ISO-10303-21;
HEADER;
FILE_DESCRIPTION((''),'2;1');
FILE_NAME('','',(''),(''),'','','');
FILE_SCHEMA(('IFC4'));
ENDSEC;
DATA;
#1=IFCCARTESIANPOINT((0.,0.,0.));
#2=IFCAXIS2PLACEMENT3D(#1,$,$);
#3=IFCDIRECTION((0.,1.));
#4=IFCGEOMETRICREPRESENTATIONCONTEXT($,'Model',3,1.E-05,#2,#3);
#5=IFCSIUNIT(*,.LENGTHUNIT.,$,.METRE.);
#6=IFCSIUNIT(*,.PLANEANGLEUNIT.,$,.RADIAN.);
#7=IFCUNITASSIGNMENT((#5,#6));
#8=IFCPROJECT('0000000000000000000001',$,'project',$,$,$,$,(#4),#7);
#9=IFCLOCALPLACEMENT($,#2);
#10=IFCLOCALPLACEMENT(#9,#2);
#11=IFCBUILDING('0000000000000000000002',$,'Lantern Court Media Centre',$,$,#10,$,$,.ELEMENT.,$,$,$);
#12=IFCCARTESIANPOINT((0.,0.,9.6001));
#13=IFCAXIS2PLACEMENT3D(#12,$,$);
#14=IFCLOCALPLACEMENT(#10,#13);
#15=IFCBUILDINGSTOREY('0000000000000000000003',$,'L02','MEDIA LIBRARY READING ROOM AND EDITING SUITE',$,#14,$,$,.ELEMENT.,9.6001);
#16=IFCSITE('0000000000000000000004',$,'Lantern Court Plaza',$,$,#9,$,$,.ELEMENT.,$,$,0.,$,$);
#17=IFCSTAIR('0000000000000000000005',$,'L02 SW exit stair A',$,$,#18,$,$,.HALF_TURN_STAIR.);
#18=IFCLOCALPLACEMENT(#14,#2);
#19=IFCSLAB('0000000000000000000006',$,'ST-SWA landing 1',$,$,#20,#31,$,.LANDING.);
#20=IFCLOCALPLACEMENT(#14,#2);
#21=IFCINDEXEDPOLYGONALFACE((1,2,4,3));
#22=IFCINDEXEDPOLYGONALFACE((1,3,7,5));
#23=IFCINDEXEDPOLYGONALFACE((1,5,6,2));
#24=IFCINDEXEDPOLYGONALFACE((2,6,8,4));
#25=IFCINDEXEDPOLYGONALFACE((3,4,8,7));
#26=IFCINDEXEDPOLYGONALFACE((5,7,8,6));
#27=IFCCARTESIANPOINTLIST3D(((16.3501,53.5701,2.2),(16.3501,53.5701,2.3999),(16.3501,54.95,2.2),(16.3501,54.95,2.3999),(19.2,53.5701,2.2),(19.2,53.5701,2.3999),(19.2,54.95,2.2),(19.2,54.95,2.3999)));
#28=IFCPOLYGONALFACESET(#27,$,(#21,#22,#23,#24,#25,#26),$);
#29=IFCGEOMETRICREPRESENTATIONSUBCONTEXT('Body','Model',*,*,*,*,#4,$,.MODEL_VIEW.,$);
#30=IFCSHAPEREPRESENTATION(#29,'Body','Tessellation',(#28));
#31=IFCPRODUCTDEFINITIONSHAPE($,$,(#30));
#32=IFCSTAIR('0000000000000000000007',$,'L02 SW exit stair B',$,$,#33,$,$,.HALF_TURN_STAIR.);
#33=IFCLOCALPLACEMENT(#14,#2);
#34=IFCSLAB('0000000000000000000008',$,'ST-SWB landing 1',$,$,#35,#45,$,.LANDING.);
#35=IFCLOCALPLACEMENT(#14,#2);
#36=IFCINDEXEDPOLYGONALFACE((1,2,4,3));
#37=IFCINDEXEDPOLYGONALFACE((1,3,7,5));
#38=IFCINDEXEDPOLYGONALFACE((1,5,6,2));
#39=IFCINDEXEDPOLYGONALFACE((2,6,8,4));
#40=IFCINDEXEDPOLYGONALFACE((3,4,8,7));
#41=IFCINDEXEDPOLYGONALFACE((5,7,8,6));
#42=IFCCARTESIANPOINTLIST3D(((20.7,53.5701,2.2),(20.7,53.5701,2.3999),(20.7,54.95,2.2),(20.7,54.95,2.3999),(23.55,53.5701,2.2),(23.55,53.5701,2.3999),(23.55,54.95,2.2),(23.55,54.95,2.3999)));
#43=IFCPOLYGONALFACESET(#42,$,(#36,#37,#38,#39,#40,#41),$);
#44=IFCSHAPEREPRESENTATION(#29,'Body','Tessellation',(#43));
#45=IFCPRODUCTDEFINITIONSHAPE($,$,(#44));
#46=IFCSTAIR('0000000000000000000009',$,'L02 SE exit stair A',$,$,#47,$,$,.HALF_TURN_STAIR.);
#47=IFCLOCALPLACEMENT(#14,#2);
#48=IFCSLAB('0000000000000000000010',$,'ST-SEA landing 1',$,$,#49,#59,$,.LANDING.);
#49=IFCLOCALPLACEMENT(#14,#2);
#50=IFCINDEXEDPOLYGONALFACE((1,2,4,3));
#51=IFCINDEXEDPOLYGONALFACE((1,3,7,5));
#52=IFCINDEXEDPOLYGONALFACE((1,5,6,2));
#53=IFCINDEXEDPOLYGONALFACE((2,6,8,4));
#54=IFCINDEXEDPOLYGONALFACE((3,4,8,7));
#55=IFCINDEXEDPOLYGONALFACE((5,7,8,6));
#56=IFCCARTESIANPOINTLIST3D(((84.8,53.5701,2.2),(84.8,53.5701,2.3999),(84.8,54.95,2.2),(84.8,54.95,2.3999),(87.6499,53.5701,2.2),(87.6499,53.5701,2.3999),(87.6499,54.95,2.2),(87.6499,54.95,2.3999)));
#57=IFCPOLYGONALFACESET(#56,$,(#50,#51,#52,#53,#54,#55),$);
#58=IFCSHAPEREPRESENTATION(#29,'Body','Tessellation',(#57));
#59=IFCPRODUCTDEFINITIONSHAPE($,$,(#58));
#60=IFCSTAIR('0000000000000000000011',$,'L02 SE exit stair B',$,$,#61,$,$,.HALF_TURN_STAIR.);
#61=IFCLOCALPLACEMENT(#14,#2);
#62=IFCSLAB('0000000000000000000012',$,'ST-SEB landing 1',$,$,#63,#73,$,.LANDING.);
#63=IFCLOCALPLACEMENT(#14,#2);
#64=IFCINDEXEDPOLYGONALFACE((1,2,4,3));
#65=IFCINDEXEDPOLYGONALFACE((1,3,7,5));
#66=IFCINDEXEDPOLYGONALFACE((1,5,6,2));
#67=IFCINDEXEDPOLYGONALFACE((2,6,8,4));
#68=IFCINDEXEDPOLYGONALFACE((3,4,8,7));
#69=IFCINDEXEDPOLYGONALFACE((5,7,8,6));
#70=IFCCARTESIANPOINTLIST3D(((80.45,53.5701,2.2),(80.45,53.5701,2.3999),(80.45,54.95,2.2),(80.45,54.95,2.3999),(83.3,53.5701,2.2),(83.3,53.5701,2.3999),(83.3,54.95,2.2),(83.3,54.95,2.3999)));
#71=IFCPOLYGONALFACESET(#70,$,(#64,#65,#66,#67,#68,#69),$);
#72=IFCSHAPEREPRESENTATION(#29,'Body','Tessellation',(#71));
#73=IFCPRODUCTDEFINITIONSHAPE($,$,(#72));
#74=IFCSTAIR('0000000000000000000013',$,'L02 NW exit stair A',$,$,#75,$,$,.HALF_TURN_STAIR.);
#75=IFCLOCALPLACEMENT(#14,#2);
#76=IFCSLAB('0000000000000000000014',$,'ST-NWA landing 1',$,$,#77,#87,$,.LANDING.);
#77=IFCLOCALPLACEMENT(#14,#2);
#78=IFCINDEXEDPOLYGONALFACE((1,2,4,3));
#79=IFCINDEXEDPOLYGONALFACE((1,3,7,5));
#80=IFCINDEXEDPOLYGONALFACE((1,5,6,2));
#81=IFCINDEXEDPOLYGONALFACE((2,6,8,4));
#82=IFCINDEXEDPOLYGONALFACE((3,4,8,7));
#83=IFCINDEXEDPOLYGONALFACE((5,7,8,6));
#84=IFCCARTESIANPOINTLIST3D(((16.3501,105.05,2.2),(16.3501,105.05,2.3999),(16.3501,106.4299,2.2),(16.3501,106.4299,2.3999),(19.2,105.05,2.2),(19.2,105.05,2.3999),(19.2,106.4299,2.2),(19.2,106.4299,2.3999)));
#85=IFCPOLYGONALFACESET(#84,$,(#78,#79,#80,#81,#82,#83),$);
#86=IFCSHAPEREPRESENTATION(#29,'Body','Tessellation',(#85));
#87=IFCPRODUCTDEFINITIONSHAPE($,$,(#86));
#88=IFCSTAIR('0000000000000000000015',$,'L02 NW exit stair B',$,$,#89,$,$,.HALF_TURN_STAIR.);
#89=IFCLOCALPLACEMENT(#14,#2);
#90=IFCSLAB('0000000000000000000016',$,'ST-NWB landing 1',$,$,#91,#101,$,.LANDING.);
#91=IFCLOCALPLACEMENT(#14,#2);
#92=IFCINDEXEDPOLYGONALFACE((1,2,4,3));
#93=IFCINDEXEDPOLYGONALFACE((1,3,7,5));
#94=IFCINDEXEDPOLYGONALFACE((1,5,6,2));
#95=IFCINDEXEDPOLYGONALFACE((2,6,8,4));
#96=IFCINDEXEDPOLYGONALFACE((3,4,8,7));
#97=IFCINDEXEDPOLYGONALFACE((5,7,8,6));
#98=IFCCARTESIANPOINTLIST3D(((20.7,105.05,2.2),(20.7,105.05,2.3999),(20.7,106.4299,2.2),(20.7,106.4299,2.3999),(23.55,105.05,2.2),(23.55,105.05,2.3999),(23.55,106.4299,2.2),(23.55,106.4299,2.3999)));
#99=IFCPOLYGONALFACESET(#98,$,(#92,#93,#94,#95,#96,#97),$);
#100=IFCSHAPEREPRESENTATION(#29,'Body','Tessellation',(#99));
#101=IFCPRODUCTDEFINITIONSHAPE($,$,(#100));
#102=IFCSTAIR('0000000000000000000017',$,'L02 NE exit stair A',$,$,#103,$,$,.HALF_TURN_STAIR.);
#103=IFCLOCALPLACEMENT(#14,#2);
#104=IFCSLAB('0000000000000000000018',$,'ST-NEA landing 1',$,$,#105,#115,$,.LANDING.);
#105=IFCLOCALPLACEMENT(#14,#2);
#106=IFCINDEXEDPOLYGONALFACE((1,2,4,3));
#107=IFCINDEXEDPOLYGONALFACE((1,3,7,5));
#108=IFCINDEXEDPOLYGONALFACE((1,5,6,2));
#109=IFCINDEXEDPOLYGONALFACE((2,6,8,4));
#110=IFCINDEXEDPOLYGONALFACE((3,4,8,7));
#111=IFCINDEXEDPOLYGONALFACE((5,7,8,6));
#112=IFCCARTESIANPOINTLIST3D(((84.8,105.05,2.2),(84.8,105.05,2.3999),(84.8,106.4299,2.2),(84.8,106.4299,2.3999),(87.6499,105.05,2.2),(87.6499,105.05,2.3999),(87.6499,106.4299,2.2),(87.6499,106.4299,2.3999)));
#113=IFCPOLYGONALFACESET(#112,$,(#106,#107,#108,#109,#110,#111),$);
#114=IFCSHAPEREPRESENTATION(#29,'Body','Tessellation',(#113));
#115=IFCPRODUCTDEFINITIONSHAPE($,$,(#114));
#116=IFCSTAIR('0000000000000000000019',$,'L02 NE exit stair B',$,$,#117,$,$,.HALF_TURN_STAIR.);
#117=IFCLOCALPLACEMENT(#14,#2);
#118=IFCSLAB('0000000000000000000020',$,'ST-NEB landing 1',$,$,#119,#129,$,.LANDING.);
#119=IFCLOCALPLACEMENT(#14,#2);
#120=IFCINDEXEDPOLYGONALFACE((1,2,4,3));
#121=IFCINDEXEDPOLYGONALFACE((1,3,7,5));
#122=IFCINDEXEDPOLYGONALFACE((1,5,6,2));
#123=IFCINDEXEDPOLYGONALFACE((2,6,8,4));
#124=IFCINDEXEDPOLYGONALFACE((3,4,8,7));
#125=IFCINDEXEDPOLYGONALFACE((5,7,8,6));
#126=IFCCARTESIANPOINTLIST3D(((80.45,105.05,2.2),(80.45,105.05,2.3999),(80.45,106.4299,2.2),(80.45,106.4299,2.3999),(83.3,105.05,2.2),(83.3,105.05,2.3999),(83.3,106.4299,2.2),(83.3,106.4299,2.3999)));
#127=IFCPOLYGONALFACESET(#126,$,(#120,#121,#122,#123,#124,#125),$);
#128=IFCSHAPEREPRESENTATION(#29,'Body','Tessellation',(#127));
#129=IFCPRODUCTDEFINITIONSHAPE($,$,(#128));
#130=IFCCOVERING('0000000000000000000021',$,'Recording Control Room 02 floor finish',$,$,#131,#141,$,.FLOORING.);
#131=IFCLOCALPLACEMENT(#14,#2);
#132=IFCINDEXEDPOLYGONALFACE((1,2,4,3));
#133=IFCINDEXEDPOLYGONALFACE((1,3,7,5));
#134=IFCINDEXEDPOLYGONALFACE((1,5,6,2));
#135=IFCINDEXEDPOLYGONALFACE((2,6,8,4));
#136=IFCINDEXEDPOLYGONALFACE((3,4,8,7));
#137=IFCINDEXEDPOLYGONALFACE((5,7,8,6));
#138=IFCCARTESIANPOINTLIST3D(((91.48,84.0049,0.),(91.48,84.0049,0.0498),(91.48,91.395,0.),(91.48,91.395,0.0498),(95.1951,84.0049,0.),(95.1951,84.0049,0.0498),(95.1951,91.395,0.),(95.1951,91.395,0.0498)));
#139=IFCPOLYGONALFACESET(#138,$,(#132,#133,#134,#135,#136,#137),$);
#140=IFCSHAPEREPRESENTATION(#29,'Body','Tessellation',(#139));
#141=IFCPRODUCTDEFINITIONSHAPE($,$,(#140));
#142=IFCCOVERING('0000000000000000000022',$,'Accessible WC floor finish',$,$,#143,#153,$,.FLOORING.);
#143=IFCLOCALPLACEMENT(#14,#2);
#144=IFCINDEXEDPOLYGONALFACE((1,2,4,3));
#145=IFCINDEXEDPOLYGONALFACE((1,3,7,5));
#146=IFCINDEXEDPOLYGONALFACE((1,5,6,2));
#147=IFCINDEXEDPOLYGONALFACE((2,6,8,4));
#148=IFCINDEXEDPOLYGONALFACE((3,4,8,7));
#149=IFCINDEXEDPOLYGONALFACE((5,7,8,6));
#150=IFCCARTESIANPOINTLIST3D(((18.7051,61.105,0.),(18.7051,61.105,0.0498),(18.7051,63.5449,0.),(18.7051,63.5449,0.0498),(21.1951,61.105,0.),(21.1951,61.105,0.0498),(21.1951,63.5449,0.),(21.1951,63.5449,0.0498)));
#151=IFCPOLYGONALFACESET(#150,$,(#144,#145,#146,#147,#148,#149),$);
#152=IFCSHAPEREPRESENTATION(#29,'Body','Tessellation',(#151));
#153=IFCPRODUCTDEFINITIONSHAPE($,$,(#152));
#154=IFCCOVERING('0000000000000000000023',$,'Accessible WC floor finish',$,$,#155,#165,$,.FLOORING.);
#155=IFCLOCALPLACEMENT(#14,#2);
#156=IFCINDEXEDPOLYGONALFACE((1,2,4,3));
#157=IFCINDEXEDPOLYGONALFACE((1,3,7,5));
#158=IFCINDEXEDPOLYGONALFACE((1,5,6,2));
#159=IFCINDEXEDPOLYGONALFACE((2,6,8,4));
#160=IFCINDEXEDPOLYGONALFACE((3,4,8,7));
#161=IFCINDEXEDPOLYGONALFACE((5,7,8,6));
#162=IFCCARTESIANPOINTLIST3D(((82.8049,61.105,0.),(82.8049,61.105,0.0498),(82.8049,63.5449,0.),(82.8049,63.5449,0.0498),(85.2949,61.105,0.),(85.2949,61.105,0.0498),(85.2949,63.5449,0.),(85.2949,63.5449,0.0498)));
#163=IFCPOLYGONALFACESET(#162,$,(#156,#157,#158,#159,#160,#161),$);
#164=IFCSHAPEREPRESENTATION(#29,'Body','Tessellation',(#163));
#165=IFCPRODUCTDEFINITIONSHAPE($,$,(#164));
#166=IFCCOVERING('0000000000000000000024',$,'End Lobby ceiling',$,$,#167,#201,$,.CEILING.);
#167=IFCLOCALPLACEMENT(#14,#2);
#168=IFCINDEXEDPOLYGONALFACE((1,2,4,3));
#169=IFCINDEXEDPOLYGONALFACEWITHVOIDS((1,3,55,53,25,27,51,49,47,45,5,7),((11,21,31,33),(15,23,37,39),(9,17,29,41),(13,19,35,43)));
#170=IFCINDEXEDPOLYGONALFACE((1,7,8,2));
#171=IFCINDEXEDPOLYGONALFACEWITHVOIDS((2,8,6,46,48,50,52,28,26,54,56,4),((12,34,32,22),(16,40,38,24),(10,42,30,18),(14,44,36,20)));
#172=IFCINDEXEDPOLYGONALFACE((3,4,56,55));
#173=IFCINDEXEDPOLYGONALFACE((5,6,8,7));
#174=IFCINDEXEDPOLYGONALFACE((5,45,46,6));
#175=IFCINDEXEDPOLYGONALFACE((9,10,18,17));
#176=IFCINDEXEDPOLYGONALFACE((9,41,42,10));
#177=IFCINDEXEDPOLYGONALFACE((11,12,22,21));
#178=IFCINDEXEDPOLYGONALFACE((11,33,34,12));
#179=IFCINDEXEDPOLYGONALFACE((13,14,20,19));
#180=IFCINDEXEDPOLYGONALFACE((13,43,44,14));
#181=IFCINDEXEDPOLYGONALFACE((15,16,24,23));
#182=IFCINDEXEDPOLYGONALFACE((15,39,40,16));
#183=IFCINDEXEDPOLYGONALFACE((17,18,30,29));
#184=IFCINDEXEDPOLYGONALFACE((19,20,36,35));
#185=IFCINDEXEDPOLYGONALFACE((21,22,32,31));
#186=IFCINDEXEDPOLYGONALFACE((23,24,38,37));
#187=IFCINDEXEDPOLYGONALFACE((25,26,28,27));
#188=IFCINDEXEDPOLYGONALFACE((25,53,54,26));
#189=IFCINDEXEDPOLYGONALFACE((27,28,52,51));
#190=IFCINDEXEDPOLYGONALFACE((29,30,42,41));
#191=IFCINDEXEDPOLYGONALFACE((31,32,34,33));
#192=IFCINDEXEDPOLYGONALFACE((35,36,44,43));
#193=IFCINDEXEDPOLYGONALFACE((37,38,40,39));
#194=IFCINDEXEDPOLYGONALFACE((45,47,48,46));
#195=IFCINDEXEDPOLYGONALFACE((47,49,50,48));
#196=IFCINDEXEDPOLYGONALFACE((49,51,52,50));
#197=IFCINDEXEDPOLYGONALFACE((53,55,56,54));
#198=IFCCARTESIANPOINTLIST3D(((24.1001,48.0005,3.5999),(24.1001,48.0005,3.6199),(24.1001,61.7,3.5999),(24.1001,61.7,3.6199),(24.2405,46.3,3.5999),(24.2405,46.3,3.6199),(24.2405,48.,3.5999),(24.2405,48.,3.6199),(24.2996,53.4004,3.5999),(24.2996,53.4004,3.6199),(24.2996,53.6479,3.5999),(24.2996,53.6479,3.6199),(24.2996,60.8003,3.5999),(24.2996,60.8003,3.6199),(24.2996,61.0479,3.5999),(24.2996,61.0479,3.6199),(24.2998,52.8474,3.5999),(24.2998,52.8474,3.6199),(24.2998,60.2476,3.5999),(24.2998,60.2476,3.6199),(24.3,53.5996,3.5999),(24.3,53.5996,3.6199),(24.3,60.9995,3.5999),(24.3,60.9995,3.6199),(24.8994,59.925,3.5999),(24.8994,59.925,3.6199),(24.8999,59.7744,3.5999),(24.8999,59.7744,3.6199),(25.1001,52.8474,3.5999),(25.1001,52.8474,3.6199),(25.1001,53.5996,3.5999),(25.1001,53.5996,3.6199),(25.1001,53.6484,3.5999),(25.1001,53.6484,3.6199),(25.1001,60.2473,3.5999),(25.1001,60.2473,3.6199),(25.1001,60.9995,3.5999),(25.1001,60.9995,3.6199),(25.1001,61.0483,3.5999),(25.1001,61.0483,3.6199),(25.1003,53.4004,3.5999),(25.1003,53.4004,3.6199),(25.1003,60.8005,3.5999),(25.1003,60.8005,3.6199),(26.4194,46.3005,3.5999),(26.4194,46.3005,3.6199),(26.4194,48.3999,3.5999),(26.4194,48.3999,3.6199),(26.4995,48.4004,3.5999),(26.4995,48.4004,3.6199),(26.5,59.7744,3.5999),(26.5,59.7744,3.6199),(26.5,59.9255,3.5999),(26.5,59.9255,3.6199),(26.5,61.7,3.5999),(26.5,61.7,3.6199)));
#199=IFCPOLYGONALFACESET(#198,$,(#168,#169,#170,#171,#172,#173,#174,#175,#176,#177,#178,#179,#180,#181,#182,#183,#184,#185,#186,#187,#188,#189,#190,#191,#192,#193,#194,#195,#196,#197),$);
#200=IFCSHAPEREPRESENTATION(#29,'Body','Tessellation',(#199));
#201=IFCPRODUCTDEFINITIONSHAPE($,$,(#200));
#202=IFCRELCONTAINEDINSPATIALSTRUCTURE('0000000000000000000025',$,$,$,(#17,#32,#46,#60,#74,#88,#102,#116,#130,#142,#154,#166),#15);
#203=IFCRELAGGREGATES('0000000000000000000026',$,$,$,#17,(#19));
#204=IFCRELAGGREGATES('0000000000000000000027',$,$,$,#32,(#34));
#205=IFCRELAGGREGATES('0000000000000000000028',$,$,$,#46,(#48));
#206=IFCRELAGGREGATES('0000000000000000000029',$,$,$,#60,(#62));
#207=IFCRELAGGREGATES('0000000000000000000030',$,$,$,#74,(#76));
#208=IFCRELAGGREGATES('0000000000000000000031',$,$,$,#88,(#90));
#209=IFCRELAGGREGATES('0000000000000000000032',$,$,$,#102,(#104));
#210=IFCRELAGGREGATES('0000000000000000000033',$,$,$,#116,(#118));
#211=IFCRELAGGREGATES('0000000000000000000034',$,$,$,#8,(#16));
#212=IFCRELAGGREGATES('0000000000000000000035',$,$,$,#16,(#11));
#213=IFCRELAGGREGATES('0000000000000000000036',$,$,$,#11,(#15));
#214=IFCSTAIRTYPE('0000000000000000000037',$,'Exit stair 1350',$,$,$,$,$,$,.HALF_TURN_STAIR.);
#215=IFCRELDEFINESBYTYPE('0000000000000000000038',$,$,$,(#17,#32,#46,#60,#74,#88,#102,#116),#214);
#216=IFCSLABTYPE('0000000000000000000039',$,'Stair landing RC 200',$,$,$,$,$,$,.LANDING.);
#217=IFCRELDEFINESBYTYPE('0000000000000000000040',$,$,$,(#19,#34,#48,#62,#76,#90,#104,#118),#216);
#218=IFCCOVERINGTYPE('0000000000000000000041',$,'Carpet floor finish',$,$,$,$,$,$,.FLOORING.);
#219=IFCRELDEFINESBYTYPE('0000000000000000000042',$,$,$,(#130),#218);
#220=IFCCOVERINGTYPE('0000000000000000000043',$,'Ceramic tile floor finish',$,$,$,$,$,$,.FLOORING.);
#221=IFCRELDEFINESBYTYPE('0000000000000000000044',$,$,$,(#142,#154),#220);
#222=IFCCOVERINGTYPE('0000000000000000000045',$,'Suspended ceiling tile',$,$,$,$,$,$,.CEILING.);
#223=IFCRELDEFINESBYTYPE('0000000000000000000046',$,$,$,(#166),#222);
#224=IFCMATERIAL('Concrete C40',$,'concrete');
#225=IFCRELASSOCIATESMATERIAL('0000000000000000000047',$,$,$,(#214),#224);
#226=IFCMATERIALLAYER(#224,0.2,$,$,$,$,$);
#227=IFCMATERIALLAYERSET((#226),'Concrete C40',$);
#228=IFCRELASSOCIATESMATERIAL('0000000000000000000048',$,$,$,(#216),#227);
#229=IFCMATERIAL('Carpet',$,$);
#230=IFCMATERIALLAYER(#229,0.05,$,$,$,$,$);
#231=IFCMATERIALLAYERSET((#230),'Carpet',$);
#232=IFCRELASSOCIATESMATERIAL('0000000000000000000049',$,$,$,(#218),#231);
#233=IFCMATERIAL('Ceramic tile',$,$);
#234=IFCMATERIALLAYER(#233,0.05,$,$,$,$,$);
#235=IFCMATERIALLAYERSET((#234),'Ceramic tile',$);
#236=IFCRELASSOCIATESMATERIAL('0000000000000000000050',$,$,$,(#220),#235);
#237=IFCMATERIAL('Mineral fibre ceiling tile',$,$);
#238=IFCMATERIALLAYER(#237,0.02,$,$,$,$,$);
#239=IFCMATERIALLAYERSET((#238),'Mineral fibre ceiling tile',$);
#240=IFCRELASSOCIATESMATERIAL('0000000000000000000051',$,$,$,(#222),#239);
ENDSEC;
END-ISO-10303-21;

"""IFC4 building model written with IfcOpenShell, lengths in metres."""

from ifc_helpers import new_model, si_unit, direction, frame, origin, place, context, subcontext, project, spatial, polyline, outline, extrude, material, layer, layer_set, type_object, element, aggregate, save


model = new_model("IFC4")

# Units and contexts
model_context = context("Model", 3, precision=1e-05, world=origin(), true_north=direction((0.0, 1.0)))
body_context = subcontext(model_context, "Body", "Model", "MODEL_VIEW")
ifc_project = project(units=[si_unit("LENGTHUNIT", "METRE"), si_unit("PLANEANGLEUNIT", "RADIAN")], contexts=[model_context])

# Site, building, storey
site_placement = place(None, origin())
site = spatial("IfcSite", under=ifc_project, at=site_placement, Name="Lantern Court Plaza", CompositionType="ELEMENT", RefElevation=0.0)
building_placement = place(site_placement, origin())
building = spatial("IfcBuilding", under=site, at=building_placement, Name="Lantern Court Media Centre", CompositionType="ELEMENT")
storey_placement = place(building_placement, frame((0.0, 0.0, 9.6001)))
storey = spatial("IfcBuildingStorey", under=building, at=storey_placement, Name="L02", Description="MEDIA LIBRARY READING ROOM AND EDITING SUITE", CompositionType="ELEMENT", Elevation=9.6001)

# Stairs, slabs
ifc_material_1 = material(Name="Concrete C40", Category="concrete")
stair_type = type_object("IfcStairType", Name="Exit stair 1350", PredefinedType="HALF_TURN_STAIR", material=ifc_material_1)
stair_1_placement = place(storey_placement, origin())
stair_1 = element("IfcStair", 1, at=stair_1_placement, inside=storey, type_object=stair_type, Name="L02 SW exit stair A", PredefinedType="HALF_TURN_STAIR")
ifc_layer_1 = layer(ifc_material_1, 0.2)
ifc_layer_set_1 = layer_set([ifc_layer_1], Name="Concrete C40")
slab_type = type_object("IfcSlabType", Name="Stair landing RC 200", PredefinedType="LANDING", material=ifc_layer_set_1)
slab_1_placement = place(storey_placement, frame((0.0, 0.0, 2.2)))
slab_1 = element("IfcSlab", 2, at=slab_1_placement, type_object=slab_type, Name="ST-SWA landing 1", PredefinedType="LANDING", context=body_context, shape_type="SweptSolid", body=[
    extrude(outline(polyline([(19.2, 53.5701), (19.2, 54.95), (16.3501, 54.95), (16.3501, 53.5701), (19.2, 53.5701)])), origin(), (0.0, 0.0, 1.0), 0.2),
])
aggregate(stair_1, [slab_1])
stair_2_placement = place(storey_placement, origin())
stair_2 = element("IfcStair", 3, at=stair_2_placement, inside=storey, type_object=stair_type, Name="L02 SW exit stair B", PredefinedType="HALF_TURN_STAIR")
slab_2_placement = place(storey_placement, frame((0.0, 0.0, 2.2)))
slab_2 = element("IfcSlab", 4, at=slab_2_placement, type_object=slab_type, Name="ST-SWB landing 1", PredefinedType="LANDING", context=body_context, shape_type="SweptSolid", body=[
    extrude(outline(polyline([(23.55, 53.5701), (23.55, 54.95), (20.7, 54.95), (20.7, 53.5701), (23.55, 53.5701)])), origin(), (0.0, 0.0, 1.0), 0.2),
])
aggregate(stair_2, [slab_2])
stair_3_placement = place(storey_placement, origin())
stair_3 = element("IfcStair", 5, at=stair_3_placement, inside=storey, type_object=stair_type, Name="L02 SE exit stair A", PredefinedType="HALF_TURN_STAIR")
slab_3_placement = place(storey_placement, frame((0.0, 0.0, 2.2)))
slab_3 = element("IfcSlab", 6, at=slab_3_placement, type_object=slab_type, Name="ST-SEA landing 1", PredefinedType="LANDING", context=body_context, shape_type="SweptSolid", body=[
    extrude(outline(polyline([(87.6499, 53.5701), (87.6499, 54.95), (84.8, 54.95), (84.8, 53.5701), (87.6499, 53.5701)])), origin(), (0.0, 0.0, 1.0), 0.2),
])
aggregate(stair_3, [slab_3])
stair_4_placement = place(storey_placement, origin())
stair_4 = element("IfcStair", 7, at=stair_4_placement, inside=storey, type_object=stair_type, Name="L02 SE exit stair B", PredefinedType="HALF_TURN_STAIR")
slab_4_placement = place(storey_placement, frame((0.0, 0.0, 2.2)))
slab_4 = element("IfcSlab", 8, at=slab_4_placement, type_object=slab_type, Name="ST-SEB landing 1", PredefinedType="LANDING", context=body_context, shape_type="SweptSolid", body=[
    extrude(outline(polyline([(83.3, 53.5701), (83.3, 54.95), (80.45, 54.95), (80.45, 53.5701), (83.3, 53.5701)])), origin(), (0.0, 0.0, 1.0), 0.2),
])
aggregate(stair_4, [slab_4])
stair_5_placement = place(storey_placement, origin())
stair_5 = element("IfcStair", 9, at=stair_5_placement, inside=storey, type_object=stair_type, Name="L02 NW exit stair A", PredefinedType="HALF_TURN_STAIR")
slab_5_placement = place(storey_placement, frame((0.0, 0.0, 2.2)))
slab_5 = element("IfcSlab", 10, at=slab_5_placement, type_object=slab_type, Name="ST-NWA landing 1", PredefinedType="LANDING", context=body_context, shape_type="SweptSolid", body=[
    extrude(outline(polyline([(16.3501, 106.4299), (16.3501, 105.05), (19.2, 105.05), (19.2, 106.4299), (16.3501, 106.4299)])), origin(), (0.0, 0.0, 1.0), 0.2),
])
aggregate(stair_5, [slab_5])
stair_6_placement = place(storey_placement, origin())
stair_6 = element("IfcStair", 11, at=stair_6_placement, inside=storey, type_object=stair_type, Name="L02 NW exit stair B", PredefinedType="HALF_TURN_STAIR")
slab_6_placement = place(storey_placement, frame((0.0, 0.0, 2.2)))
slab_6 = element("IfcSlab", 12, at=slab_6_placement, type_object=slab_type, Name="ST-NWB landing 1", PredefinedType="LANDING", context=body_context, shape_type="SweptSolid", body=[
    extrude(outline(polyline([(20.7, 106.4299), (20.7, 105.05), (23.55, 105.05), (23.55, 106.4299), (20.7, 106.4299)])), origin(), (0.0, 0.0, 1.0), 0.2),
])
aggregate(stair_6, [slab_6])
stair_7_placement = place(storey_placement, origin())
stair_7 = element("IfcStair", 13, at=stair_7_placement, inside=storey, type_object=stair_type, Name="L02 NE exit stair A", PredefinedType="HALF_TURN_STAIR")
slab_7_placement = place(storey_placement, frame((0.0, 0.0, 2.2)))
slab_7 = element("IfcSlab", 14, at=slab_7_placement, type_object=slab_type, Name="ST-NEA landing 1", PredefinedType="LANDING", context=body_context, shape_type="SweptSolid", body=[
    extrude(outline(polyline([(84.8, 106.4299), (84.8, 105.05), (87.6499, 105.05), (87.6499, 106.4299), (84.8, 106.4299)])), origin(), (0.0, 0.0, 1.0), 0.2),
])
aggregate(stair_7, [slab_7])
stair_8_placement = place(storey_placement, origin())
stair_8 = element("IfcStair", 15, at=stair_8_placement, inside=storey, type_object=stair_type, Name="L02 NE exit stair B", PredefinedType="HALF_TURN_STAIR")
slab_8_placement = place(storey_placement, frame((0.0, 0.0, 2.2)))
slab_8 = element("IfcSlab", 16, at=slab_8_placement, type_object=slab_type, Name="ST-NEB landing 1", PredefinedType="LANDING", context=body_context, shape_type="SweptSolid", body=[
    extrude(outline(polyline([(80.45, 106.4299), (80.45, 105.05), (83.3, 105.05), (83.3, 106.4299), (80.45, 106.4299)])), origin(), (0.0, 0.0, 1.0), 0.2),
])
aggregate(stair_8, [slab_8])

# Coverings
ifc_material_2 = material(Name="Carpet")
ifc_layer_2 = layer(ifc_material_2, 0.05)
ifc_layer_set_2 = layer_set([ifc_layer_2], Name="Carpet")
covering_type_1 = type_object("IfcCoveringType", Name="Carpet floor finish", PredefinedType="FLOORING", material=ifc_layer_set_2)
covering_1_placement = place(storey_placement, origin())
element("IfcCovering", 17, at=covering_1_placement, inside=storey, type_object=covering_type_1, Name="Recording Control Room 02 floor finish", PredefinedType="FLOORING", context=body_context, shape_type="SweptSolid", body=[
    extrude(outline(polyline([(91.48, 91.395), (95.1951, 91.395), (95.1951, 84.0049), (91.48, 84.0049), (91.48, 91.395)])), origin(), (0.0, 0.0, 1.0), 0.0498),
])
ifc_material_3 = material(Name="Ceramic tile")
ifc_layer_3 = layer(ifc_material_3, 0.05)
ifc_layer_set_3 = layer_set([ifc_layer_3], Name="Ceramic tile")
covering_type_2 = type_object("IfcCoveringType", Name="Ceramic tile floor finish", PredefinedType="FLOORING", material=ifc_layer_set_3)
covering_2_placement = place(storey_placement, origin())
element("IfcCovering", 18, at=covering_2_placement, inside=storey, type_object=covering_type_2, Name="Accessible WC floor finish", PredefinedType="FLOORING", context=body_context, shape_type="SweptSolid", body=[
    extrude(outline(polyline([(21.1951, 61.105), (18.7051, 61.105), (18.7051, 63.5449), (21.1951, 63.5449), (21.1951, 61.105)])), origin(), (0.0, 0.0, 1.0), 0.0498),
])
covering_3_placement = place(storey_placement, origin())
element("IfcCovering", 19, at=covering_3_placement, inside=storey, type_object=covering_type_2, Name="Accessible WC floor finish", PredefinedType="FLOORING", context=body_context, shape_type="SweptSolid", body=[
    extrude(outline(polyline([(85.2949, 63.5449), (85.2949, 61.105), (82.8049, 61.105), (82.8049, 63.5449), (85.2949, 63.5449)])), origin(), (0.0, 0.0, 1.0), 0.0498),
])
ifc_material_4 = material(Name="Mineral fibre ceiling tile")
ifc_layer_4 = layer(ifc_material_4, 0.02)
ifc_layer_set_4 = layer_set([ifc_layer_4], Name="Mineral fibre ceiling tile")
covering_type_3 = type_object("IfcCoveringType", Name="Suspended ceiling tile", PredefinedType="CEILING", material=ifc_layer_set_4)
covering_4_placement = place(storey_placement, frame((0.0, 0.0, 3.5999)))
element("IfcCovering", 20, at=covering_4_placement, inside=storey, type_object=covering_type_3, Name="End Lobby ceiling", PredefinedType="CEILING", context=body_context, shape_type="SweptSolid", body=[
    extrude(outline(polyline([(26.5, 59.7744), (26.4995, 48.4004), (26.4194, 48.3999), (26.4194, 46.3005), (24.2405, 46.3), (24.2405, 48.0), (24.1001, 48.0005), (24.1001, 61.7), (26.5, 61.7), (26.5, 59.9255), (24.8994, 59.925), (24.8999, 59.7744), (26.5, 59.7744)]), holes=[polyline([(25.1001, 52.8474), (25.1003, 53.4004), (24.2996, 53.4004), (24.2998, 52.8474), (25.1001, 52.8474)]), polyline([(25.1001, 53.5996), (25.1001, 53.6484), (24.2996, 53.6479), (24.3, 53.5996), (25.1001, 53.5996)]), polyline([(25.1001, 60.2473), (25.1003, 60.8005), (24.2996, 60.8003), (24.2998, 60.2476), (25.1001, 60.2473)]), polyline([(25.1001, 60.9995), (25.1001, 61.0483), (24.2996, 61.0479), (24.3, 60.9995), (25.1001, 60.9995)])]), origin(), (0.0, 0.0, 1.0), 0.02),
])

save(model, "model.ifc")
